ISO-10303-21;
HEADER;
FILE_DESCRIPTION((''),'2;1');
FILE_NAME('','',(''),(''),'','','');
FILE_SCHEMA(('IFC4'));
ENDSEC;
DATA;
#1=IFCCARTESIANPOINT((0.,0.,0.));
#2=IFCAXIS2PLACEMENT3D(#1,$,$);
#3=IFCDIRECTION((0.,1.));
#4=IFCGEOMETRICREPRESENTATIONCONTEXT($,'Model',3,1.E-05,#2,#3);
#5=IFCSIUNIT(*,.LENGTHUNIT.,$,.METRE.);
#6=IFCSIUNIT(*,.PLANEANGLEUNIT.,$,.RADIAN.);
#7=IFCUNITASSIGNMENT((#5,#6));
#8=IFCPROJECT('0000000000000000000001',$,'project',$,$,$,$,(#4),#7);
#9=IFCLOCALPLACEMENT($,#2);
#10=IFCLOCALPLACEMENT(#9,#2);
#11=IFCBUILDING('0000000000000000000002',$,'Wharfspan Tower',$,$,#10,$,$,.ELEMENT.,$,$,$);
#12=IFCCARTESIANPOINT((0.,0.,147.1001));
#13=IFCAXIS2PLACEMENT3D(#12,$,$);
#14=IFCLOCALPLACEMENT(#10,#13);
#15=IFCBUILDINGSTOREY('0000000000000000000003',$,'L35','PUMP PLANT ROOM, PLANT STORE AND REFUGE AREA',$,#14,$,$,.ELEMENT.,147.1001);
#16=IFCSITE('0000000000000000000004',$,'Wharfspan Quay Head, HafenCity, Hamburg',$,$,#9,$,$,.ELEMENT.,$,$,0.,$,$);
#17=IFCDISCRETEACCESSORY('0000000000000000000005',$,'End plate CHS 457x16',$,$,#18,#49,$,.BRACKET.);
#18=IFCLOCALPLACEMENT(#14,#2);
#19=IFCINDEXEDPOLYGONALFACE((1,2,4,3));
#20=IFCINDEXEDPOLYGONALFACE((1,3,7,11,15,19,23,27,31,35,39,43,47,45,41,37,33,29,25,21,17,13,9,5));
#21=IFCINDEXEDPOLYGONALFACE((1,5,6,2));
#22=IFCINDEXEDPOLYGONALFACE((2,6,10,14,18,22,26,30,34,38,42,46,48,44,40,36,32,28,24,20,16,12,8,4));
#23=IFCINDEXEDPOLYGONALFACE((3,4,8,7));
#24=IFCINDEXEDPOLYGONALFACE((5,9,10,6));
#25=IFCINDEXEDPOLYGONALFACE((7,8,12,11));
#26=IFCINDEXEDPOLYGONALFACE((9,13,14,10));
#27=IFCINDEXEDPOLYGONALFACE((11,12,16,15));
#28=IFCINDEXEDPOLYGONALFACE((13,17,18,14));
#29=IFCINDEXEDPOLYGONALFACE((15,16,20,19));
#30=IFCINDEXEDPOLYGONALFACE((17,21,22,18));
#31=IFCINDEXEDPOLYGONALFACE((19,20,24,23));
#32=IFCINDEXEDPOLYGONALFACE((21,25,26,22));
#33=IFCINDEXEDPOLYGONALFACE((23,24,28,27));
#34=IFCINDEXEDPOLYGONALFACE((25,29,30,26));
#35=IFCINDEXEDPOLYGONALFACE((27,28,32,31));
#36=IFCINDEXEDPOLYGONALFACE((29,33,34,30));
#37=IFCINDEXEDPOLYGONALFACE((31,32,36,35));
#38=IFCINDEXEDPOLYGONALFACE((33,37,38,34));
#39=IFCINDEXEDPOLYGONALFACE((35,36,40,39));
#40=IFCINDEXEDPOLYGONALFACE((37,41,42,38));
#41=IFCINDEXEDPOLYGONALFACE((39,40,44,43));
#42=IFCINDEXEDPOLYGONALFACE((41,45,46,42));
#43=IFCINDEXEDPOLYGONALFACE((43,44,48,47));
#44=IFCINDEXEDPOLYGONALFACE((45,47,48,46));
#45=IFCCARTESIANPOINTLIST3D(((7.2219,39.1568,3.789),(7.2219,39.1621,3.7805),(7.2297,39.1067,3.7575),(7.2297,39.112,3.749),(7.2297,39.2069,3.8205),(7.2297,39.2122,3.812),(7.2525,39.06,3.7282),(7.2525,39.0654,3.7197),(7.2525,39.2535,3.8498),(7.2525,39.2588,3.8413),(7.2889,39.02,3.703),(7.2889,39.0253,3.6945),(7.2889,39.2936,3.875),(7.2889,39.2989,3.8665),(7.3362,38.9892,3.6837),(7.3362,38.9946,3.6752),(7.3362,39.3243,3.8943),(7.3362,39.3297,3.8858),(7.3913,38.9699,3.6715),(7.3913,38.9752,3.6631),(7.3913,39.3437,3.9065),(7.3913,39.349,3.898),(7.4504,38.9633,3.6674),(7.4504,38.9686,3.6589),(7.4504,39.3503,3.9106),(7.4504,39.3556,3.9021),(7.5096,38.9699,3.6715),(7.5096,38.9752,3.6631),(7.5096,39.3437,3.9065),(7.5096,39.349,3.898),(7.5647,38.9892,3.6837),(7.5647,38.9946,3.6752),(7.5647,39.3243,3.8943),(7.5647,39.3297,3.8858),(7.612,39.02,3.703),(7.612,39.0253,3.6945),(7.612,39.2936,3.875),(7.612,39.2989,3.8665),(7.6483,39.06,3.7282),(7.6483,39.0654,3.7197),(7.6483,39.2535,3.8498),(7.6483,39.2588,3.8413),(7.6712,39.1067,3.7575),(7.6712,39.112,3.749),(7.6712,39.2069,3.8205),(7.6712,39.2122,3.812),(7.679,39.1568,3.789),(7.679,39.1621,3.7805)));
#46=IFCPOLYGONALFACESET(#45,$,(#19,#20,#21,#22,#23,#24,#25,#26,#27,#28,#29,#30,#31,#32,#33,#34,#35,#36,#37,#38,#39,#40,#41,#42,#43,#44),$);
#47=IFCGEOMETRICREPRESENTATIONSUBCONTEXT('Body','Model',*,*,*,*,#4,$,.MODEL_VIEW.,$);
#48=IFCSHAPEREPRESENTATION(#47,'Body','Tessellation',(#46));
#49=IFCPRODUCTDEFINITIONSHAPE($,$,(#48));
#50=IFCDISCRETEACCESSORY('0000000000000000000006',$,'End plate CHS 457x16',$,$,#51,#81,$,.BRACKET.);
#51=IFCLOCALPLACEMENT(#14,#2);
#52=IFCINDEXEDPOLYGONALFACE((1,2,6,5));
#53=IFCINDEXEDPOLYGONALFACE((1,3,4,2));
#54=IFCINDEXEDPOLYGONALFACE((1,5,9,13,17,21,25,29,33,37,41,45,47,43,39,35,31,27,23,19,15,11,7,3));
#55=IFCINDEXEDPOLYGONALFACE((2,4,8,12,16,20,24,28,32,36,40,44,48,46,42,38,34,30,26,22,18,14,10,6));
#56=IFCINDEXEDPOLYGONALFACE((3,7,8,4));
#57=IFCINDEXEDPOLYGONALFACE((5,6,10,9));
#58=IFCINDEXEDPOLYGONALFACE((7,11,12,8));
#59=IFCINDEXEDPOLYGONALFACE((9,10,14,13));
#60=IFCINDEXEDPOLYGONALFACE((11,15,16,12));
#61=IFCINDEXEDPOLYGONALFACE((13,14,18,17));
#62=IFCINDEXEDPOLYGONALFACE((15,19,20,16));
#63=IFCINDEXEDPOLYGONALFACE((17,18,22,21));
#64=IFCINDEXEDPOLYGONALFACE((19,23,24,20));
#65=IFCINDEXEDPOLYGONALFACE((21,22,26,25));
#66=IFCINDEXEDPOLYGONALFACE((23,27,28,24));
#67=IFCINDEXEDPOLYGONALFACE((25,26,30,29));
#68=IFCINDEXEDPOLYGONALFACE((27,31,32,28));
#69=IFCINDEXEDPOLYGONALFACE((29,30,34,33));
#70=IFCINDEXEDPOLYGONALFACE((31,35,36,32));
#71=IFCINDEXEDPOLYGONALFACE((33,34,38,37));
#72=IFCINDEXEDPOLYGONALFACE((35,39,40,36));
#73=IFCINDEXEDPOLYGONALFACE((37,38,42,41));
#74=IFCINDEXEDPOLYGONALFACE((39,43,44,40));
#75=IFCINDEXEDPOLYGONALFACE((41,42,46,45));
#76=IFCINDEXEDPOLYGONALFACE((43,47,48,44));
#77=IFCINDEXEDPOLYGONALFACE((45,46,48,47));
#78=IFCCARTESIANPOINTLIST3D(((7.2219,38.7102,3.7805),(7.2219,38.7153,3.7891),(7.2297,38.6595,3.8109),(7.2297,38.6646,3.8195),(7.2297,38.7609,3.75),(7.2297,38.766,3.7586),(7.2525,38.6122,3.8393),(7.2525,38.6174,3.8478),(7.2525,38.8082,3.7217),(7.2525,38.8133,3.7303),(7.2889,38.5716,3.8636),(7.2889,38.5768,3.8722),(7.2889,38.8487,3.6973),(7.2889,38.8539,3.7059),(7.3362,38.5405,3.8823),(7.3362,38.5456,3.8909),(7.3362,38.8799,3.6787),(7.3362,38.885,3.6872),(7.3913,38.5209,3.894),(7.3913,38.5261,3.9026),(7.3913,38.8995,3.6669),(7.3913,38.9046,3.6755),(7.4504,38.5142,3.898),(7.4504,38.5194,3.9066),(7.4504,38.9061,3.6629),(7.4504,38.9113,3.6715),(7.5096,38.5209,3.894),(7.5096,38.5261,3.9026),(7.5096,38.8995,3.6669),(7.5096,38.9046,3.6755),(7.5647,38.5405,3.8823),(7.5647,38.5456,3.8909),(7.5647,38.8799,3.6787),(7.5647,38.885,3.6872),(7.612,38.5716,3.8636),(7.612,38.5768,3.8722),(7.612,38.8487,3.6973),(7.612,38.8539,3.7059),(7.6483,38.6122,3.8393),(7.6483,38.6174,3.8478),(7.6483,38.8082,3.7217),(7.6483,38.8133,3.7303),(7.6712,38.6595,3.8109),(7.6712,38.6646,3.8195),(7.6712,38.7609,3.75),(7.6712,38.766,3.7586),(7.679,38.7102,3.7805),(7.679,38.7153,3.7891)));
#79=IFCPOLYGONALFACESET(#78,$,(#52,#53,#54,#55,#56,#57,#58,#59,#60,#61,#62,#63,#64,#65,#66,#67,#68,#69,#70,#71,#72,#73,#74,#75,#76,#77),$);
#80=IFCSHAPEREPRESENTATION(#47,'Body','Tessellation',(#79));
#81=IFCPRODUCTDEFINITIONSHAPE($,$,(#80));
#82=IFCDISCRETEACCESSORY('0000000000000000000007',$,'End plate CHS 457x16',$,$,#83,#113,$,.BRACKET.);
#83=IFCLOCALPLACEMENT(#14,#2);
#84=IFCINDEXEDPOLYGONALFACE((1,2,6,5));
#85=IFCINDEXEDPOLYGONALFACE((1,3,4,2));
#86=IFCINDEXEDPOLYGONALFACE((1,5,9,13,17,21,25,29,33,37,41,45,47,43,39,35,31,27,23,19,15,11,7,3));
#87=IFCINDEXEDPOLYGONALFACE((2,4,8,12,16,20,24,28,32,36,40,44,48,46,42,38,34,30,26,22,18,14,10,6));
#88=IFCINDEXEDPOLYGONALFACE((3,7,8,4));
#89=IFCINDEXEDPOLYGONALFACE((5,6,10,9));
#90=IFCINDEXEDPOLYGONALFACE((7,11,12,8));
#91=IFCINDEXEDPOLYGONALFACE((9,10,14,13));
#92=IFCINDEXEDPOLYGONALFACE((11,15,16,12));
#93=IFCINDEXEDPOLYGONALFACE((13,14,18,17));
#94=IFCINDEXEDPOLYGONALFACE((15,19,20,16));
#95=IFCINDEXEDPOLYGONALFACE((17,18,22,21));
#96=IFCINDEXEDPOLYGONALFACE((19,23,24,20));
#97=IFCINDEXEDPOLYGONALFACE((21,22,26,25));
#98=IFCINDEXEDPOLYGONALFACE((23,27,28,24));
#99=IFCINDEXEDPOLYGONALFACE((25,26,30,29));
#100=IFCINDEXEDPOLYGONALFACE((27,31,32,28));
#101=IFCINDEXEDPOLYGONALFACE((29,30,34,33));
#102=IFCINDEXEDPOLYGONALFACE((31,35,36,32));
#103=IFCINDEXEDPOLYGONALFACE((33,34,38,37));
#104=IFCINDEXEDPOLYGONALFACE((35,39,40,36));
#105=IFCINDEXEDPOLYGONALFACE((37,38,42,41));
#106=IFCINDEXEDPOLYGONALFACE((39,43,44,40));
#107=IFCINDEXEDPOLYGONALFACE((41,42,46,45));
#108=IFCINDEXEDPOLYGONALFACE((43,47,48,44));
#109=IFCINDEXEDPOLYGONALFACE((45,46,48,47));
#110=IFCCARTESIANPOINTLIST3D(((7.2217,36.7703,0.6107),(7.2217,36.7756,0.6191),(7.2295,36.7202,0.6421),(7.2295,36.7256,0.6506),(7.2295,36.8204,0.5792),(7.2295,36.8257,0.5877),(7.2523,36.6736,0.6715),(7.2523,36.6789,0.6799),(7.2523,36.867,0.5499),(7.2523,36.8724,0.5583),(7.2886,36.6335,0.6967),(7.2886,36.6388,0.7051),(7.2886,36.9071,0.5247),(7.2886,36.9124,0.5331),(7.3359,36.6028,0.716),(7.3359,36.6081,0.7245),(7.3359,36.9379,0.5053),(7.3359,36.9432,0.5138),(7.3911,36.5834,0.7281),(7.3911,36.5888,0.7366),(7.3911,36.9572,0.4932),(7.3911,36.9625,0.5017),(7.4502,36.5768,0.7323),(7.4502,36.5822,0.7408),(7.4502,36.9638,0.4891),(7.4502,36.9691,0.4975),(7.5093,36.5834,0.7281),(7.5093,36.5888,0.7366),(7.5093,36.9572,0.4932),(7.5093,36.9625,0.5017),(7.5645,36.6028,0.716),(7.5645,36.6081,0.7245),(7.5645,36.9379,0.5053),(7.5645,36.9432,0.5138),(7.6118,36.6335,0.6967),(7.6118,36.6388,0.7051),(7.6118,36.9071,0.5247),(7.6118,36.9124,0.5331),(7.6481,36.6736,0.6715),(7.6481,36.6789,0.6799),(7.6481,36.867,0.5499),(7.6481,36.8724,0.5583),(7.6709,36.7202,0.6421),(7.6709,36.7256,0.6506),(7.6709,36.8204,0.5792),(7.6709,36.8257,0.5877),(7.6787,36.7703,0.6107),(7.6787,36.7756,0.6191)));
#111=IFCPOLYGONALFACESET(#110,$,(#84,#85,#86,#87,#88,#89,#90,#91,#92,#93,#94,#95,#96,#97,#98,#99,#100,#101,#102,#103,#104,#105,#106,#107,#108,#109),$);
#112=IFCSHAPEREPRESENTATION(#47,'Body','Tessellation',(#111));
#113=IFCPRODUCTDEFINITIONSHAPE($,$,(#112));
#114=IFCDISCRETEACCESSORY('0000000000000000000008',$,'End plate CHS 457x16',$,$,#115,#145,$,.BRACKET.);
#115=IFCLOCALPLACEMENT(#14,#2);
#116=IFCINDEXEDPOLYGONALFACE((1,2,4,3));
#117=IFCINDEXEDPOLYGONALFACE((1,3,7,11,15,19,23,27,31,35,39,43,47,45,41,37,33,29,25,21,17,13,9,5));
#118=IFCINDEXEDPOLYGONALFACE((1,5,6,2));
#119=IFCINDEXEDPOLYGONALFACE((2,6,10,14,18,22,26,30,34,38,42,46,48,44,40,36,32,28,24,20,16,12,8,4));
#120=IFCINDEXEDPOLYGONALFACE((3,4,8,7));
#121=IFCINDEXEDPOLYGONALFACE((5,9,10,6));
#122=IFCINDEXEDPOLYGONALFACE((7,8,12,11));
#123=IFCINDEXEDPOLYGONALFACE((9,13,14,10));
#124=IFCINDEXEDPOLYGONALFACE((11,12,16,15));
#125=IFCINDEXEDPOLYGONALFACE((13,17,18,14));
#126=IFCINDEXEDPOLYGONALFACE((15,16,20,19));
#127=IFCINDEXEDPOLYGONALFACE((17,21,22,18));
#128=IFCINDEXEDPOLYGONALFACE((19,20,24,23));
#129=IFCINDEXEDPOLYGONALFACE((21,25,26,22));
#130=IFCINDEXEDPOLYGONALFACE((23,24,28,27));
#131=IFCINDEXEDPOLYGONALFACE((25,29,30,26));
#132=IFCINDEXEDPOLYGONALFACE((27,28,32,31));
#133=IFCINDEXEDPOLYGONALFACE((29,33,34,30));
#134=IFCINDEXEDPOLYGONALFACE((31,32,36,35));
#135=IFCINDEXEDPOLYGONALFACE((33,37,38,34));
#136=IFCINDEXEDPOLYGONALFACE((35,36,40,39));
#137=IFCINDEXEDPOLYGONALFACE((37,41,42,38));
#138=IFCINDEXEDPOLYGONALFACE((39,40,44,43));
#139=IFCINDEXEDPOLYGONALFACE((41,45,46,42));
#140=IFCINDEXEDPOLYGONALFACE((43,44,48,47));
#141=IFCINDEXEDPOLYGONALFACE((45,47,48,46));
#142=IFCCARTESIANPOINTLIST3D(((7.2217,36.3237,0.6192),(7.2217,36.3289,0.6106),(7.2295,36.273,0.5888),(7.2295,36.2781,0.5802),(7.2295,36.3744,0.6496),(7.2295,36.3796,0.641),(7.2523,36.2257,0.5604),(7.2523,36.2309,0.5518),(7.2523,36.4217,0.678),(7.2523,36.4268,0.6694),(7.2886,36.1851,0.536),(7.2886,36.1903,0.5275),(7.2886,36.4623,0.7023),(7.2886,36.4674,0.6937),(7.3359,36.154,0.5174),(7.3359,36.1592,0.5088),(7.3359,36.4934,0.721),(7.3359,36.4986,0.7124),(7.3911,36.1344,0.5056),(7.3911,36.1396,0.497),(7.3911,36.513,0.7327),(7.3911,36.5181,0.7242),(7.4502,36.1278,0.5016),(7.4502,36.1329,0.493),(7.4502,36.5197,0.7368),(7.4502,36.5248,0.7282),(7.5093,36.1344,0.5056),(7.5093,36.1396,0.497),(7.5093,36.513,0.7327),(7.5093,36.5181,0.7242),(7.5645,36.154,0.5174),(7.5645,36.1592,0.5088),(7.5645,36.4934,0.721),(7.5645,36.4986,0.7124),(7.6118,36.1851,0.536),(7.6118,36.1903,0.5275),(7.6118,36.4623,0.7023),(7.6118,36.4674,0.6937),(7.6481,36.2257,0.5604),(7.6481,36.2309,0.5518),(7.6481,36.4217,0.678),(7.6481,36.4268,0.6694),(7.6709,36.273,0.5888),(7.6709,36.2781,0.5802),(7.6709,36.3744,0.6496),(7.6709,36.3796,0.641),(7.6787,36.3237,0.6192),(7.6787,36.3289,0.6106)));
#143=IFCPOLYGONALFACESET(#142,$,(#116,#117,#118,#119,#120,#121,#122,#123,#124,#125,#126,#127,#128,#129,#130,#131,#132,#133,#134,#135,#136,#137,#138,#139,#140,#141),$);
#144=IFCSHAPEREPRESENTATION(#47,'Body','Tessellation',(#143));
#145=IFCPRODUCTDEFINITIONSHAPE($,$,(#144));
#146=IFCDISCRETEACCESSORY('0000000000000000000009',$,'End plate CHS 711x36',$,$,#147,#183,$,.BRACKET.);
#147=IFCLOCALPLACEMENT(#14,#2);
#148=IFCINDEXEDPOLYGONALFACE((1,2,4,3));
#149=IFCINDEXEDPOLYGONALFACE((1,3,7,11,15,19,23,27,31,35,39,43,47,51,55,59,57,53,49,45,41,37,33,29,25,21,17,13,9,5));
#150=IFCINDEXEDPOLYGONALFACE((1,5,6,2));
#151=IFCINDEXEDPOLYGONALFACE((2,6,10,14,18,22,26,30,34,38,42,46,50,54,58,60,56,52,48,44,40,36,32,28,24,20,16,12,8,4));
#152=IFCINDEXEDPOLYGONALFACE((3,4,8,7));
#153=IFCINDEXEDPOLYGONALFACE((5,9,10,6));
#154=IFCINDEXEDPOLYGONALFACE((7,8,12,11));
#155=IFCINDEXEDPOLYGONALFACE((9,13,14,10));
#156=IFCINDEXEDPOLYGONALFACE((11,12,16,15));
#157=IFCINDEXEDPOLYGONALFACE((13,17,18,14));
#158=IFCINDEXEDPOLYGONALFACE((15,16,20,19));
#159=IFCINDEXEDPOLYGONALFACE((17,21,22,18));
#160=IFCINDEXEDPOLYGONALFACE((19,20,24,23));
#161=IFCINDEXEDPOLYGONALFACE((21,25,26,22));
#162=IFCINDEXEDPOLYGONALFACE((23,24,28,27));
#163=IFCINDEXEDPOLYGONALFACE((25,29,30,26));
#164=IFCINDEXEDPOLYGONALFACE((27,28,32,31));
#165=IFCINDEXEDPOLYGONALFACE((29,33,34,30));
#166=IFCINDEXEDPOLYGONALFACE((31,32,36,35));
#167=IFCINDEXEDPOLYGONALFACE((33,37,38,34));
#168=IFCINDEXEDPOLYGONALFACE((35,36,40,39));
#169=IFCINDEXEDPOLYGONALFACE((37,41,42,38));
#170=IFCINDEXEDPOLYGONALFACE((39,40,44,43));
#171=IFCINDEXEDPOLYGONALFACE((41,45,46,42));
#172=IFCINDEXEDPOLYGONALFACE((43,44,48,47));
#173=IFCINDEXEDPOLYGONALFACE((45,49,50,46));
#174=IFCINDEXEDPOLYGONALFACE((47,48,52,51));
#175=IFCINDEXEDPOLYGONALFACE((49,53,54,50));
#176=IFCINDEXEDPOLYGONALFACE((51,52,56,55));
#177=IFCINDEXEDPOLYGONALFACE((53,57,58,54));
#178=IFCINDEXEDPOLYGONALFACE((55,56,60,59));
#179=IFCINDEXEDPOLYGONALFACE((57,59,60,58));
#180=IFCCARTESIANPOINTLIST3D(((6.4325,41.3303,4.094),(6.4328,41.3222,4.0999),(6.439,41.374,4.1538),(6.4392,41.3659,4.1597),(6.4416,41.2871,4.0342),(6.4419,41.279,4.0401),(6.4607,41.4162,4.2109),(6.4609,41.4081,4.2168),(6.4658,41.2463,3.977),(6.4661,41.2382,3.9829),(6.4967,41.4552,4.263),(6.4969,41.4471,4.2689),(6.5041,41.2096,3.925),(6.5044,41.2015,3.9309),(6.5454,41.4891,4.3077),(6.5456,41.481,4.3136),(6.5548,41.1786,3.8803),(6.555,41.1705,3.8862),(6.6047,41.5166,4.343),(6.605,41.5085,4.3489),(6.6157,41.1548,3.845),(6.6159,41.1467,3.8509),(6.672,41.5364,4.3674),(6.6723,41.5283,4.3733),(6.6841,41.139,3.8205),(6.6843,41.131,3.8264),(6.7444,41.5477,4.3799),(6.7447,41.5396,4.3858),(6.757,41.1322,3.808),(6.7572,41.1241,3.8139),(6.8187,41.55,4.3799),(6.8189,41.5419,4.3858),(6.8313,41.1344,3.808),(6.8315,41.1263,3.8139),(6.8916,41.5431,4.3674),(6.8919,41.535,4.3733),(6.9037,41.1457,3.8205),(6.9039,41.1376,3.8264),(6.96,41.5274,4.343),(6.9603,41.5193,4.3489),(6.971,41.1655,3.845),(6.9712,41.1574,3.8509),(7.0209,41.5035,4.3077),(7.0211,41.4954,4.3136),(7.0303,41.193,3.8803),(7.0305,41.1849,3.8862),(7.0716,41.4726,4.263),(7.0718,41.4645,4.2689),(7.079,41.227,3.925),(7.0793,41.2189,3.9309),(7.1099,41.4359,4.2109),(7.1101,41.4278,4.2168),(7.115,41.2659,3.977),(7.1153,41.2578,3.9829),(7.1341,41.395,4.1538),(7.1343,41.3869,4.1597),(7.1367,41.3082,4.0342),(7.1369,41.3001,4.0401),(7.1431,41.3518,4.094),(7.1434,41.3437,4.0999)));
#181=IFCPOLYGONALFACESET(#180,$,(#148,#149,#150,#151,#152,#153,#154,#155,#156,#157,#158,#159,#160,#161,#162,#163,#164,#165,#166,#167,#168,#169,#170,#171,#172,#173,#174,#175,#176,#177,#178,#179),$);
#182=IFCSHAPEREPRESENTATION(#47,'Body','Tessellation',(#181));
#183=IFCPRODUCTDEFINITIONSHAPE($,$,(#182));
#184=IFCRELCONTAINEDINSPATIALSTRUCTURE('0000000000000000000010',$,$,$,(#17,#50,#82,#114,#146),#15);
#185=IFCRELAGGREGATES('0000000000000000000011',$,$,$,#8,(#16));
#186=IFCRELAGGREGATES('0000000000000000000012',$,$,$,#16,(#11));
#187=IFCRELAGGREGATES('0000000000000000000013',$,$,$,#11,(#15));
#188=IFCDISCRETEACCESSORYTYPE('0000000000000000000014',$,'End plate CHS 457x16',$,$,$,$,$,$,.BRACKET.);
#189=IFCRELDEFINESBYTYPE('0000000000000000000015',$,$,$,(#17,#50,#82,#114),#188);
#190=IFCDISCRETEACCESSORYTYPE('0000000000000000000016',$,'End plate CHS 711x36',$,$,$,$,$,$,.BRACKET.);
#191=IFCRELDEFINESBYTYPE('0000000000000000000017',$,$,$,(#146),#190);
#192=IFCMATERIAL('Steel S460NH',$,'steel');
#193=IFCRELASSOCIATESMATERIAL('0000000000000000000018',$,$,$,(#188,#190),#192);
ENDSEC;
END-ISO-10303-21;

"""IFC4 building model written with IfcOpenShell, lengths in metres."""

from ifc_helpers import new_model, si_unit, direction, frame, origin, origin_2d, place, context, subcontext, project, spatial, circle, extrude, material, material_profile, profile_set, type_object, element, save


model = new_model("IFC4")

# Units and contexts
model_context = context("Model", 3, precision=1e-05, world=origin(), true_north=direction((0.0, 1.0)))
body_context = subcontext(model_context, "Body", "Model", "MODEL_VIEW")
ifc_project = project(units=[si_unit("LENGTHUNIT", "METRE"), si_unit("PLANEANGLEUNIT", "RADIAN")], contexts=[model_context])

# Site, building, storey
site_placement = place(None, origin())
site = spatial("IfcSite", under=ifc_project, at=site_placement, Name="Wharfspan Quay Head, HafenCity, Hamburg", CompositionType="ELEMENT", RefElevation=0.0)
building_placement = place(site_placement, origin())
building = spatial("IfcBuilding", under=site, at=building_placement, Name="Wharfspan Tower", CompositionType="ELEMENT")
storey_placement = place(building_placement, frame((0.0, 0.0, 147.1001)))
storey = spatial("IfcBuildingStorey", under=building, at=storey_placement, Name="L35", Description="PUMP PLANT ROOM, PLANT STORE AND REFUGE AREA", CompositionType="ELEMENT", Elevation=147.1001)

# Shared definitions
ifc_material_1 = material(Name="Steel S460NH", Category="steel")

# Discrete accessories
ifc_material_profile_1 = material_profile(ifc_material_1, circle(Radius=0.2285, at=origin_2d()))
ifc_profile_set_1 = profile_set([ifc_material_profile_1], Name="Steel S460NH")
discrete_accessory_type_1 = type_object("IfcDiscreteAccessoryType", Name="End plate CHS 457x16", PredefinedType="BRACKET", material=ifc_profile_set_1)
for number, where, z_axis, x_axis, name in (
    (1, (7.4504, 39.1621, 3.7805), (0.0, -0.532172, 0.846637), (1.0, 0.0, 0.0), "End plate CHS 457x16"),
    (2, (7.4504, 38.7153, 3.7891), (0.0, -0.514496, -0.857493), (1.0, 0.0, 0.0), "End plate CHS 457x16"),
    (3, (7.4502, 36.7756, 0.6191), (0.0, -0.532172, -0.846637), (1.0, 0.0, 0.0), "End plate CHS 457x16"),
    (4, (7.4502, 36.3289, 0.6106), (0.0, -0.514496, 0.857493), (1.0, 0.0, 0.0), "End plate CHS 457x16"),
):
    element("IfcDiscreteAccessory", number, at=place(storey_placement, frame(where, z_axis=z_axis, x_axis=x_axis)), inside=storey, type_object=discrete_accessory_type_1, Name=name, PredefinedType="BRACKET", context=body_context, shape_type="SweptSolid", body=[
        extrude(circle(Radius=0.2285, at=origin_2d()), origin(), (0.0, 0.0, 1.0), 0.01),
    ])
ifc_material_profile_2 = material_profile(ifc_material_1, circle(Radius=0.3555, at=origin_2d()))
ifc_profile_set_2 = profile_set([ifc_material_profile_2], Name="Steel S460NH")
discrete_accessory_type_2 = type_object("IfcDiscreteAccessoryType", Name="End plate CHS 711x36", PredefinedType="BRACKET", material=ifc_profile_set_2)
discrete_accessory_1_placement = place(storey_placement, frame((6.7878, 41.3411, 4.094), z_axis=(0.0245, -0.808493, 0.587995), x_axis=(0.999537, 0.03029, 0.000001)))
element("IfcDiscreteAccessory", 5, at=discrete_accessory_1_placement, inside=storey, type_object=discrete_accessory_type_2, Name="End plate CHS 711x36", PredefinedType="BRACKET", context=body_context, shape_type="SweptSolid", body=[
    extrude(circle(Radius=0.3555, at=origin_2d()), origin(), (0.0, 0.0, 1.0), 0.01),
])

save(model, "model.ifc")
